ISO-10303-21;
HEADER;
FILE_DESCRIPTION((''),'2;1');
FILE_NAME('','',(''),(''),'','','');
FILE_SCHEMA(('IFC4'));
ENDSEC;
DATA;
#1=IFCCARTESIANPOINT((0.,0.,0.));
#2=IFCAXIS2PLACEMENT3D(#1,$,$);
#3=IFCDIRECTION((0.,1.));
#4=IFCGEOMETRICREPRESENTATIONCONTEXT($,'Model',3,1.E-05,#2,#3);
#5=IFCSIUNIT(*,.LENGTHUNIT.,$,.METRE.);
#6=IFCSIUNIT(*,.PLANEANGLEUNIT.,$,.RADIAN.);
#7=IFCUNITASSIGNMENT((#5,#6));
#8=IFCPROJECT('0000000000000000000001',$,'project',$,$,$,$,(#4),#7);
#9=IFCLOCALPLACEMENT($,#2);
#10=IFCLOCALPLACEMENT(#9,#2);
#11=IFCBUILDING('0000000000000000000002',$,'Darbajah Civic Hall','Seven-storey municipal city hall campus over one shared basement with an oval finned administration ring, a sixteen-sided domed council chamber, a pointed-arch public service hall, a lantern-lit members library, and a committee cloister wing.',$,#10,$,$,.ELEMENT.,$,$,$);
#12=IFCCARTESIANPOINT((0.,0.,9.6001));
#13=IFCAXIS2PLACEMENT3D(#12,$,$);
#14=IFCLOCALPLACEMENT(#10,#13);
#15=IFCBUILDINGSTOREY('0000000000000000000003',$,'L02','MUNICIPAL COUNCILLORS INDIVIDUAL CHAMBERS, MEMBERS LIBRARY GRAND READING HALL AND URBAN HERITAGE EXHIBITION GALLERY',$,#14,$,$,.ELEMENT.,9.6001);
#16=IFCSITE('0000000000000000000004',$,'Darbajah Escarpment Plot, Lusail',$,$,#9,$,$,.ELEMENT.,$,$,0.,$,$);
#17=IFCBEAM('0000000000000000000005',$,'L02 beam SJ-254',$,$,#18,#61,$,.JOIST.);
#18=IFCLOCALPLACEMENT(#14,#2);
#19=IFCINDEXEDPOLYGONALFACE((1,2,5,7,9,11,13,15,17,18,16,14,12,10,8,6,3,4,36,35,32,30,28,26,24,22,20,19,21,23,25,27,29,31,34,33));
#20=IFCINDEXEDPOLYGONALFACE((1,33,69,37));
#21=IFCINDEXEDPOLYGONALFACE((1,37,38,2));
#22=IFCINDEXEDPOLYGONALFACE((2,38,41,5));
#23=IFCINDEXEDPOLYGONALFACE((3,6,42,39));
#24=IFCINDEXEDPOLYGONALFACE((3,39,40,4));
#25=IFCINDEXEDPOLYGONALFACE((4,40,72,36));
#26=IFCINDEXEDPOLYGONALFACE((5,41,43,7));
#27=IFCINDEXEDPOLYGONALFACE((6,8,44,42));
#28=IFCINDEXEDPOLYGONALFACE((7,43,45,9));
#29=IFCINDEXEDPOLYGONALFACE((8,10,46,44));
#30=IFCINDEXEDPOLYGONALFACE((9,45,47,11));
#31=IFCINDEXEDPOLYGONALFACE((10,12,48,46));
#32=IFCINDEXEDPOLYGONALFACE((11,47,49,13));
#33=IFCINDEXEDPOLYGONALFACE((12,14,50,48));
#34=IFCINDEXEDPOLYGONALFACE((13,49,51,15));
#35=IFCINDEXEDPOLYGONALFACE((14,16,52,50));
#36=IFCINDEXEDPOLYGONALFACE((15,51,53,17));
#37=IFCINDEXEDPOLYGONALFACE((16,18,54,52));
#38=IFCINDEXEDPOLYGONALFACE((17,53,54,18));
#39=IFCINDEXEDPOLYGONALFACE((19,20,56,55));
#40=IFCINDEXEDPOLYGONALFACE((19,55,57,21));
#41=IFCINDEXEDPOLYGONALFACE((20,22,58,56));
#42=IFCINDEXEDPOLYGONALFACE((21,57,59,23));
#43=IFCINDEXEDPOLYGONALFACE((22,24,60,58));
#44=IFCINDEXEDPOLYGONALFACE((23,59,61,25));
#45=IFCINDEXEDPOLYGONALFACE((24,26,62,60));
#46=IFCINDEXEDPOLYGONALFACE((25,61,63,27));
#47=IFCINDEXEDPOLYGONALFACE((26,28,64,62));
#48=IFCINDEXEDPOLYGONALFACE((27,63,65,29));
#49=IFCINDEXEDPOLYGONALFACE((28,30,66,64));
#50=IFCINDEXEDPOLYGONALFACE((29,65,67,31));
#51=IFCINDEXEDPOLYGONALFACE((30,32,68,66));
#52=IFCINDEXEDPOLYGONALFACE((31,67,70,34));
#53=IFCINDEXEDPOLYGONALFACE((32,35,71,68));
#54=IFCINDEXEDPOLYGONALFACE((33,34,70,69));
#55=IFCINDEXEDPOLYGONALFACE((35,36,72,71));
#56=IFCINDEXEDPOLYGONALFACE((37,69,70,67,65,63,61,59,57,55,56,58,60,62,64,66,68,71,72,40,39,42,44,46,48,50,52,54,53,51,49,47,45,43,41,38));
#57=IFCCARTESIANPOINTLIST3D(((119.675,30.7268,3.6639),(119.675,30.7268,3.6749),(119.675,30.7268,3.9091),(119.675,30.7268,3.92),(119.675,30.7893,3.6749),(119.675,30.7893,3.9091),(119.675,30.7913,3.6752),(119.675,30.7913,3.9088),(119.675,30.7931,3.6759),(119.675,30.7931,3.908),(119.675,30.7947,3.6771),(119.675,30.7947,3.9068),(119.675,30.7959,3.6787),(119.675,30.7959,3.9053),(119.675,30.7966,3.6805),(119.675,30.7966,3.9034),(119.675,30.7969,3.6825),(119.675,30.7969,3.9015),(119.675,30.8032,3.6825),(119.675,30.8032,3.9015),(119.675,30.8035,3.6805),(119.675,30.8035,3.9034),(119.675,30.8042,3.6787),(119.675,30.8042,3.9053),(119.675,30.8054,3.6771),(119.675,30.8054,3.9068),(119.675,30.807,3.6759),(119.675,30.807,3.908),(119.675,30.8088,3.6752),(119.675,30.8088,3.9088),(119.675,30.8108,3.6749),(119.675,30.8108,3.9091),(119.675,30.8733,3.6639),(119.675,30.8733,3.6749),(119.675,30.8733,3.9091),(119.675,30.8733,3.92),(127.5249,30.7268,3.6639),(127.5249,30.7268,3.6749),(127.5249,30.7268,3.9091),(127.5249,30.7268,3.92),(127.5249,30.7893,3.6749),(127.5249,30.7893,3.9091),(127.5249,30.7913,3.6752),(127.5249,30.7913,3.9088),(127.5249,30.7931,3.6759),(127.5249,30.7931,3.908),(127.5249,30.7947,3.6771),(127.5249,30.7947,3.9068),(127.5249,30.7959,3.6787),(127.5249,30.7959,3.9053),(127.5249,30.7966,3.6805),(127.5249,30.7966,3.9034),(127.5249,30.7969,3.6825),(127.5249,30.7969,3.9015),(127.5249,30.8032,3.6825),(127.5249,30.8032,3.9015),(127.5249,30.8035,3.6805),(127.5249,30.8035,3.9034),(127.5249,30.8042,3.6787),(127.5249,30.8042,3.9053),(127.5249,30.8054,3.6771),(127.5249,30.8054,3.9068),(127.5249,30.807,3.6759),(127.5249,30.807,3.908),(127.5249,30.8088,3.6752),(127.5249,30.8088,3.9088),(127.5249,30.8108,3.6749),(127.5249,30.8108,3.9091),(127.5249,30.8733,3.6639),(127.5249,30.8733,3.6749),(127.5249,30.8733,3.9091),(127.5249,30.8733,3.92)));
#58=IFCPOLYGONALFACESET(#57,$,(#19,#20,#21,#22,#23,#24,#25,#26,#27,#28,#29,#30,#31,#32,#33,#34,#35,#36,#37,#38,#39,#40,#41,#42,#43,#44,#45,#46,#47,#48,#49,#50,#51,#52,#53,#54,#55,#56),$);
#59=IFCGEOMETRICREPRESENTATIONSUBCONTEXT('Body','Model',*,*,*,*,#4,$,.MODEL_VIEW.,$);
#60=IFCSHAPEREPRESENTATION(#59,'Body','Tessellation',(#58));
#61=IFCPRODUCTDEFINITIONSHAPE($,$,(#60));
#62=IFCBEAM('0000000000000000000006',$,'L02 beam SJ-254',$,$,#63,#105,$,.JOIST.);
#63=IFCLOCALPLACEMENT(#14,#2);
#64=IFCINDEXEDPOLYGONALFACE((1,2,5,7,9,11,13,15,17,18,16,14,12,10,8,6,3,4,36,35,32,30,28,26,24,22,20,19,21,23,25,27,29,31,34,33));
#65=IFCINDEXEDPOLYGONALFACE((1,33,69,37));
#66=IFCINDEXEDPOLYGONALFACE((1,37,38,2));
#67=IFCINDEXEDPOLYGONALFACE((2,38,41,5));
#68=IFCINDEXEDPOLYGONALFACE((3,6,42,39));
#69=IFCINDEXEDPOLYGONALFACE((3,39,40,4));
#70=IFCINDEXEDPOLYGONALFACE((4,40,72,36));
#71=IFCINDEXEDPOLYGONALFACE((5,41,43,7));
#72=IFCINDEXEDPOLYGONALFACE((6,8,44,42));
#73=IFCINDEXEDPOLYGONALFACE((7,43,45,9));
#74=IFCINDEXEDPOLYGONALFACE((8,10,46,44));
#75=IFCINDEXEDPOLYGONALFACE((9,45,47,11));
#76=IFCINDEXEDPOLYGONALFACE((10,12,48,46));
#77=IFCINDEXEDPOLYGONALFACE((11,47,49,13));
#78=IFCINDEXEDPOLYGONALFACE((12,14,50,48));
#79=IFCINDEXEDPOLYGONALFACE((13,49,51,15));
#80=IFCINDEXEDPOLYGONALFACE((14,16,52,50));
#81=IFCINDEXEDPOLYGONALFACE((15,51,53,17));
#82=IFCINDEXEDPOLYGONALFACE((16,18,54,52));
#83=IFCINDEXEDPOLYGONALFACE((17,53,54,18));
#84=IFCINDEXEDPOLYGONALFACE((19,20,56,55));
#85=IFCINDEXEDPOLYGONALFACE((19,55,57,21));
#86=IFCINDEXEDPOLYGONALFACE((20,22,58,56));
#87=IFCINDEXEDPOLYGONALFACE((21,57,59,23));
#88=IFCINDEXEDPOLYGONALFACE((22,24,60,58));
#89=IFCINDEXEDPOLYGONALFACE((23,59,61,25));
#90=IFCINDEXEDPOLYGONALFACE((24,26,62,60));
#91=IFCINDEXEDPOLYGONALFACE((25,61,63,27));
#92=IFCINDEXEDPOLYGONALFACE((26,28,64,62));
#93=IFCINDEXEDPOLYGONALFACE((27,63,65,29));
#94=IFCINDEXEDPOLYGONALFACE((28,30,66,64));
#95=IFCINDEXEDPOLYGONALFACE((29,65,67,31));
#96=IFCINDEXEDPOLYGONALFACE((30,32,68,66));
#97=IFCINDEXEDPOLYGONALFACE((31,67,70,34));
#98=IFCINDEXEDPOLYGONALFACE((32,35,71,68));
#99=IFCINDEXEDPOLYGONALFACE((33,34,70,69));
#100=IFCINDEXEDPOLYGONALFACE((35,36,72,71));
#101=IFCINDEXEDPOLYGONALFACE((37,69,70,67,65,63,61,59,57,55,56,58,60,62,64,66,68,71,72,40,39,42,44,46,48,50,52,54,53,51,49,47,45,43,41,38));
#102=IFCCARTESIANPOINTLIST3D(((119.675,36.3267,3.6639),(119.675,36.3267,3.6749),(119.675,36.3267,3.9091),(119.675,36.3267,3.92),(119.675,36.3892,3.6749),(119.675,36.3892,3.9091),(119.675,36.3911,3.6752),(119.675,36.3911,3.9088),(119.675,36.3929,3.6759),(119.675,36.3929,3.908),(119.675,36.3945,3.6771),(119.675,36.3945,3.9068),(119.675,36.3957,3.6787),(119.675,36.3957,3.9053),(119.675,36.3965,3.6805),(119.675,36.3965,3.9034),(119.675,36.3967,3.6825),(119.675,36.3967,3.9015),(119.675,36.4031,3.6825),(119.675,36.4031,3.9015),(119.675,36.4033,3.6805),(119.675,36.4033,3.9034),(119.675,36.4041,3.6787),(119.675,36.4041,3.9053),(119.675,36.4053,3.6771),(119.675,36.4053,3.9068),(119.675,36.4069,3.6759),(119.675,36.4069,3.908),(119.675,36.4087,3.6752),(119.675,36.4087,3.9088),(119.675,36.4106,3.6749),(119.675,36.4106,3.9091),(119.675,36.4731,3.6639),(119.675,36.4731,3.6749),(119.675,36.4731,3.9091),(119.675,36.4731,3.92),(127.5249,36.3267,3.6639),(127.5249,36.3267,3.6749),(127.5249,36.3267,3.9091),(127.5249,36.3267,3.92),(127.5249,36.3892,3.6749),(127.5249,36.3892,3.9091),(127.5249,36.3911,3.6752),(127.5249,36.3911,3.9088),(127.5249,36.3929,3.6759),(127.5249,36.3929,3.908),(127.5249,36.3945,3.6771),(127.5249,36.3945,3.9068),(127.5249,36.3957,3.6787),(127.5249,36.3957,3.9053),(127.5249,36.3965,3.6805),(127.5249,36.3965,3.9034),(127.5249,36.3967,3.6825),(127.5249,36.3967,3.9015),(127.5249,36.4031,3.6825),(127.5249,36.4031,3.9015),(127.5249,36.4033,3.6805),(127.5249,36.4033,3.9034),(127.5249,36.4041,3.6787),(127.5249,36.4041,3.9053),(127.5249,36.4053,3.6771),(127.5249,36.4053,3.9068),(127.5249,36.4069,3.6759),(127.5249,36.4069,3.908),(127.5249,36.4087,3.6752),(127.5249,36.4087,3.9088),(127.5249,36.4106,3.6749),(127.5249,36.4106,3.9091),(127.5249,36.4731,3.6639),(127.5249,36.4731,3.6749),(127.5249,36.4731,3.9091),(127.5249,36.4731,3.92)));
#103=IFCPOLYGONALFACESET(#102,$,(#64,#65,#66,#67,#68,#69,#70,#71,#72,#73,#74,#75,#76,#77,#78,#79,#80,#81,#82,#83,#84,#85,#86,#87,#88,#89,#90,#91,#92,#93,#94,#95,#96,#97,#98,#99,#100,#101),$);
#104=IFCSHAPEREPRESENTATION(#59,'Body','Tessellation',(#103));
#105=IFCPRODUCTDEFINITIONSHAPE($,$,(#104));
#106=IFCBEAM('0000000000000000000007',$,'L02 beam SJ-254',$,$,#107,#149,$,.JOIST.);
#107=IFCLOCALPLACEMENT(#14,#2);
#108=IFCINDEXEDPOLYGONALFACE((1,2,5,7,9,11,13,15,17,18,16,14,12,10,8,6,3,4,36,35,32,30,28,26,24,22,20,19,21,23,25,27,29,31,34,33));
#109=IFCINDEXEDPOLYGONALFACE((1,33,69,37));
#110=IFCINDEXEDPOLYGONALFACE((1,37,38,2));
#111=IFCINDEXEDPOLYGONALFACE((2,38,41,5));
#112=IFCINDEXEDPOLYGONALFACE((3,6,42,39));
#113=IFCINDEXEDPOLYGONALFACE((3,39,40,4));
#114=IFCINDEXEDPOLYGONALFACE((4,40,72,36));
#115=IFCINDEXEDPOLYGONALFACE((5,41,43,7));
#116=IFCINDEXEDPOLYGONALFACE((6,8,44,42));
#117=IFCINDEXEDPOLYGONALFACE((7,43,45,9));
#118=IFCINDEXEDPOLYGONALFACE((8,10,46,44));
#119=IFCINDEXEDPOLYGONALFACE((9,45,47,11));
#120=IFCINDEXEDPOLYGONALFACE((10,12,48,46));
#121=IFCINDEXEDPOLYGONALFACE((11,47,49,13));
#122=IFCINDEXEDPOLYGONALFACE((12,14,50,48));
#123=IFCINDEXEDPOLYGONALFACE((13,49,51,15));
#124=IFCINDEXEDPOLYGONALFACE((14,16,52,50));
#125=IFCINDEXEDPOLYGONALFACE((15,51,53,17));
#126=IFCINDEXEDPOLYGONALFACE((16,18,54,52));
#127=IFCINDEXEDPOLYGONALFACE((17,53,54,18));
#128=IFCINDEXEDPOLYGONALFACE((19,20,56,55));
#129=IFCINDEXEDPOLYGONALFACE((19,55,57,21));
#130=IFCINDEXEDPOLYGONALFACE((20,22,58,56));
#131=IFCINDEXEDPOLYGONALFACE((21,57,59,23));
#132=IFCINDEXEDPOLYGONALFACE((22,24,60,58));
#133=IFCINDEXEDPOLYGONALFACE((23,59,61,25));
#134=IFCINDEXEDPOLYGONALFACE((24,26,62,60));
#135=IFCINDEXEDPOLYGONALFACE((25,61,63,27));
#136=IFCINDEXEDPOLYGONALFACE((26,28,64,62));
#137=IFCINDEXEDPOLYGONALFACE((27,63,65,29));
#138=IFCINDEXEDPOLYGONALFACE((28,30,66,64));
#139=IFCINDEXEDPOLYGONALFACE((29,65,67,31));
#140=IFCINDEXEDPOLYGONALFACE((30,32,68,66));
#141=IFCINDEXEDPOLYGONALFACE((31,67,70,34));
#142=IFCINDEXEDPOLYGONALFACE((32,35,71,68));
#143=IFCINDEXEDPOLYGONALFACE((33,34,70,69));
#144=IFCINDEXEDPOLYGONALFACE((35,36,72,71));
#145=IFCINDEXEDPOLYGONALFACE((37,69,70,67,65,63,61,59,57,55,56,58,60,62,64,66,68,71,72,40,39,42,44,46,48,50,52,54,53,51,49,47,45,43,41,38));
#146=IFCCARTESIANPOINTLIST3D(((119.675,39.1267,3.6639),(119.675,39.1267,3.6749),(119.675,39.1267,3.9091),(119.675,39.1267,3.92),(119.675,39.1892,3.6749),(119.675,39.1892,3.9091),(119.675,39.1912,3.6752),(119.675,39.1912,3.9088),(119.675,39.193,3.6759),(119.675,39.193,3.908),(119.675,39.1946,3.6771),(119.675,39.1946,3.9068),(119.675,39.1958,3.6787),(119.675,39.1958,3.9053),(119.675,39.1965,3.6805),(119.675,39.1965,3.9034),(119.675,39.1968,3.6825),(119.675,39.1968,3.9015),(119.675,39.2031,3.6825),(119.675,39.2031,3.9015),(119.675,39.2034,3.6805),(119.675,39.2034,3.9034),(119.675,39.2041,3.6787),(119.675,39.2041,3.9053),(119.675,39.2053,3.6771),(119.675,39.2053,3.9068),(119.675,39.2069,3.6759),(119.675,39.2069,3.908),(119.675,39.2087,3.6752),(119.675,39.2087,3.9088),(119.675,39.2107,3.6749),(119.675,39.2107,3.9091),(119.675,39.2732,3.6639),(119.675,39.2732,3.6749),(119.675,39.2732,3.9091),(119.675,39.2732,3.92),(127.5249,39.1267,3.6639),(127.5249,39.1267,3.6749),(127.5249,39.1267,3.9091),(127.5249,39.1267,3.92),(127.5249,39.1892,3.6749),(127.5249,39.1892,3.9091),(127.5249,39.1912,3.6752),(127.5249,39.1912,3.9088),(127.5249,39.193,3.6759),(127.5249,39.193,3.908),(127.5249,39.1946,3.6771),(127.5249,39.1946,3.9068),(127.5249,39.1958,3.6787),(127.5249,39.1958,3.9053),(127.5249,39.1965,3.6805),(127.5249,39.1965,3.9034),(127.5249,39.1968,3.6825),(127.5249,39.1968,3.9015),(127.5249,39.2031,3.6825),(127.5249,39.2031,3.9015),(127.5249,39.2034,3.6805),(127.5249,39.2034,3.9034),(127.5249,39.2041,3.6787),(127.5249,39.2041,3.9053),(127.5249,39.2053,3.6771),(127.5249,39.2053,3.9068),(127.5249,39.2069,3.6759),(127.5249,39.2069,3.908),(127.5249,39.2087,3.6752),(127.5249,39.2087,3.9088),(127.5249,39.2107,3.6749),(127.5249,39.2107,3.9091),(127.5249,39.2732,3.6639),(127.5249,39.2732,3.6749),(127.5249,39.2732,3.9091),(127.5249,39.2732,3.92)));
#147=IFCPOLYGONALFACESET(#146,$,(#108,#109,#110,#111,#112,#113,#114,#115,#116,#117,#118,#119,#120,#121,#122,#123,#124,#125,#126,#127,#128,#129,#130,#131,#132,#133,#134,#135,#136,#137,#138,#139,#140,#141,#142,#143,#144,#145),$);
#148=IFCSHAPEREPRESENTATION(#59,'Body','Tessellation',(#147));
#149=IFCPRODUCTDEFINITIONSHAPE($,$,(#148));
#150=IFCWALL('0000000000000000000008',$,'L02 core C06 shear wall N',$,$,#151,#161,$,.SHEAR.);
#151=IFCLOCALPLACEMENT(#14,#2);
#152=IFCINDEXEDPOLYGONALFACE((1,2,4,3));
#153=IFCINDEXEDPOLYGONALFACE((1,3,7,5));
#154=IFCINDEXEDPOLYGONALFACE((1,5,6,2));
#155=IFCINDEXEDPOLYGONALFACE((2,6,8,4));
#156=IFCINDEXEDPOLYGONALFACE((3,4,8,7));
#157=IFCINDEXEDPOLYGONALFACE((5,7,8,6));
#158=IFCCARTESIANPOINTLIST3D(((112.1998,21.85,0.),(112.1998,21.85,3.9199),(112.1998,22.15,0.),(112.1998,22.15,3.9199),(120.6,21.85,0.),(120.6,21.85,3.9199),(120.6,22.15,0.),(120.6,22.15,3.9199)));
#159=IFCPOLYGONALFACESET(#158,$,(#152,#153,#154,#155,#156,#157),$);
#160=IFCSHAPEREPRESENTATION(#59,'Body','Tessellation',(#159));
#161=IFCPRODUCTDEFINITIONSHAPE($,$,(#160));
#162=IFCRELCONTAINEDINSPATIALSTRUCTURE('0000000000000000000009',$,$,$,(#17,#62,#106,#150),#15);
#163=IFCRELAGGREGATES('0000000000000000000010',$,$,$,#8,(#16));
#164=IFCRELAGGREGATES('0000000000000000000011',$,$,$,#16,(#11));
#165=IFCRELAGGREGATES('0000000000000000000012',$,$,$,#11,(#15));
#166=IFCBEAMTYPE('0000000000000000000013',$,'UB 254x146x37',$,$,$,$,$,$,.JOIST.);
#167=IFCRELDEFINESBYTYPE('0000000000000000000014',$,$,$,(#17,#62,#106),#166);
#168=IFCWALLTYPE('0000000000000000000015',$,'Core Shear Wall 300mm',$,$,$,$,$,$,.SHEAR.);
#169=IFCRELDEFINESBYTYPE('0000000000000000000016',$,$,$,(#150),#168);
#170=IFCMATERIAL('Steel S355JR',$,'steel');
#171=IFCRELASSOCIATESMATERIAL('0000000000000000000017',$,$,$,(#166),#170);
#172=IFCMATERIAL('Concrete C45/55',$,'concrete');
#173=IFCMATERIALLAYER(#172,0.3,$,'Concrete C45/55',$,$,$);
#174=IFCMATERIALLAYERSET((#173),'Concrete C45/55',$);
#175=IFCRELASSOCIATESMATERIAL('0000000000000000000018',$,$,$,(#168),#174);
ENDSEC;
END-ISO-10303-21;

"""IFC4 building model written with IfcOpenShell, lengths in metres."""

from ifc_helpers import new_model, si_unit, direction, frame, frame_2d, origin, origin_2d, place, context, subcontext, project, spatial, rectangle, i_section, extrude, material, layer, layer_set, material_profile, profile_set, type_object, element, save


model = new_model("IFC4")

# Units and contexts
model_context = context("Model", 3, precision=1e-05, world=origin(), true_north=direction((0.0, 1.0)))
body_context = subcontext(model_context, "Body", "Model", "MODEL_VIEW")
ifc_project = project(units=[si_unit("LENGTHUNIT", "METRE"), si_unit("PLANEANGLEUNIT", "RADIAN")], contexts=[model_context])

# Site, building, storey
site_placement = place(None, origin())
site = spatial("IfcSite", under=ifc_project, at=site_placement, Name="Darbajah Escarpment Plot, Lusail", CompositionType="ELEMENT", RefElevation=0.0)
building_placement = place(site_placement, origin())
building = spatial("IfcBuilding", under=site, at=building_placement, Name="Darbajah Civic Hall", Description="Seven-storey municipal city hall campus over one shared basement with an oval finned administration ring, a sixteen-sided domed council chamber, a pointed-arch public service hall, a lantern-lit members library, and a committee cloister wing.", CompositionType="ELEMENT")
storey_placement = place(building_placement, frame((0.0, 0.0, 9.6001)))
storey = spatial("IfcBuildingStorey", under=building, at=storey_placement, Name="L02", Description="MUNICIPAL COUNCILLORS INDIVIDUAL CHAMBERS, MEMBERS LIBRARY GRAND READING HALL AND URBAN HERITAGE EXHIBITION GALLERY", CompositionType="ELEMENT", Elevation=9.6001)

# Shared definitions
ifc_material_1 = material(Name="Steel S355JR", Category="steel")

# Beams
ifc_material_2 = material(Name="Concrete C45/55", Category="concrete")
ifc_material_profile_1 = material_profile(ifc_material_1, i_section(OverallWidth=0.1465, OverallDepth=0.2561, WebThickness=0.0063, FlangeThickness=0.011, FilletRadius=0.0076, at=origin_2d()), Name="UB 254x146x37")
ifc_profile_set_1 = profile_set([ifc_material_profile_1], Name="Steel S355JR")
beam_type_1 = type_object("IfcBeamType", Name="UB 254x146x37", PredefinedType="JOIST", material=ifc_profile_set_1)
for number, where, z_axis, x_axis, name in (
    (1, (119.675, 30.8, 3.792), (1.0, 0.0, 0.0), (0.0, 1.0, 0.0), "L02 beam SJ-254"),
    (2, (119.675, 36.3999, 3.792), (1.0, 0.0, 0.0), (0.0, 1.0, 0.0), "L02 beam SJ-254"),
    (3, (119.675, 39.2, 3.792), (1.0, 0.0, 0.0), (0.0, 1.0, 0.0), "L02 beam SJ-254"),
):
    element("IfcBeam", number, at=place(storey_placement, frame(where, z_axis=z_axis, x_axis=x_axis)), inside=storey, type_object=beam_type_1, Name=name, PredefinedType="JOIST", context=body_context, shape_type="SweptSolid", body=[
        extrude(i_section(OverallWidth=0.1465, OverallDepth=0.2561, WebThickness=0.0063, FlangeThickness=0.011, FilletRadius=0.0076, at=origin_2d()), origin(), (0.0, 0.0, 1.0), 7.8499),
    ])

# Wall
ifc_layer_1 = layer(ifc_material_2, 0.3, Name="Concrete C45/55")
ifc_layer_set_1 = layer_set([ifc_layer_1], Name="Concrete C45/55")
wall_type_1 = type_object("IfcWallType", Name="Core Shear Wall 300mm", PredefinedType="SHEAR", material=ifc_layer_set_1)
wall_1_placement = place(storey_placement, frame((120.6001, 22.0, 0.0), z_axis=(0.0, 0.0, 1.0), x_axis=(-1.0, 0.0, 0.0)))
element("IfcWall", 4, at=wall_1_placement, inside=storey, type_object=wall_type_1, Name="L02 core C06 shear wall N", PredefinedType="SHEAR", context=body_context, shape_type="SweptSolid", body=[
    extrude(rectangle(XDim=8.4001, YDim=0.3, at=frame_2d((4.2002, 0.0))), origin(), (0.0, 0.0, 1.0), 3.9199),
])

save(model, "model.ifc")
